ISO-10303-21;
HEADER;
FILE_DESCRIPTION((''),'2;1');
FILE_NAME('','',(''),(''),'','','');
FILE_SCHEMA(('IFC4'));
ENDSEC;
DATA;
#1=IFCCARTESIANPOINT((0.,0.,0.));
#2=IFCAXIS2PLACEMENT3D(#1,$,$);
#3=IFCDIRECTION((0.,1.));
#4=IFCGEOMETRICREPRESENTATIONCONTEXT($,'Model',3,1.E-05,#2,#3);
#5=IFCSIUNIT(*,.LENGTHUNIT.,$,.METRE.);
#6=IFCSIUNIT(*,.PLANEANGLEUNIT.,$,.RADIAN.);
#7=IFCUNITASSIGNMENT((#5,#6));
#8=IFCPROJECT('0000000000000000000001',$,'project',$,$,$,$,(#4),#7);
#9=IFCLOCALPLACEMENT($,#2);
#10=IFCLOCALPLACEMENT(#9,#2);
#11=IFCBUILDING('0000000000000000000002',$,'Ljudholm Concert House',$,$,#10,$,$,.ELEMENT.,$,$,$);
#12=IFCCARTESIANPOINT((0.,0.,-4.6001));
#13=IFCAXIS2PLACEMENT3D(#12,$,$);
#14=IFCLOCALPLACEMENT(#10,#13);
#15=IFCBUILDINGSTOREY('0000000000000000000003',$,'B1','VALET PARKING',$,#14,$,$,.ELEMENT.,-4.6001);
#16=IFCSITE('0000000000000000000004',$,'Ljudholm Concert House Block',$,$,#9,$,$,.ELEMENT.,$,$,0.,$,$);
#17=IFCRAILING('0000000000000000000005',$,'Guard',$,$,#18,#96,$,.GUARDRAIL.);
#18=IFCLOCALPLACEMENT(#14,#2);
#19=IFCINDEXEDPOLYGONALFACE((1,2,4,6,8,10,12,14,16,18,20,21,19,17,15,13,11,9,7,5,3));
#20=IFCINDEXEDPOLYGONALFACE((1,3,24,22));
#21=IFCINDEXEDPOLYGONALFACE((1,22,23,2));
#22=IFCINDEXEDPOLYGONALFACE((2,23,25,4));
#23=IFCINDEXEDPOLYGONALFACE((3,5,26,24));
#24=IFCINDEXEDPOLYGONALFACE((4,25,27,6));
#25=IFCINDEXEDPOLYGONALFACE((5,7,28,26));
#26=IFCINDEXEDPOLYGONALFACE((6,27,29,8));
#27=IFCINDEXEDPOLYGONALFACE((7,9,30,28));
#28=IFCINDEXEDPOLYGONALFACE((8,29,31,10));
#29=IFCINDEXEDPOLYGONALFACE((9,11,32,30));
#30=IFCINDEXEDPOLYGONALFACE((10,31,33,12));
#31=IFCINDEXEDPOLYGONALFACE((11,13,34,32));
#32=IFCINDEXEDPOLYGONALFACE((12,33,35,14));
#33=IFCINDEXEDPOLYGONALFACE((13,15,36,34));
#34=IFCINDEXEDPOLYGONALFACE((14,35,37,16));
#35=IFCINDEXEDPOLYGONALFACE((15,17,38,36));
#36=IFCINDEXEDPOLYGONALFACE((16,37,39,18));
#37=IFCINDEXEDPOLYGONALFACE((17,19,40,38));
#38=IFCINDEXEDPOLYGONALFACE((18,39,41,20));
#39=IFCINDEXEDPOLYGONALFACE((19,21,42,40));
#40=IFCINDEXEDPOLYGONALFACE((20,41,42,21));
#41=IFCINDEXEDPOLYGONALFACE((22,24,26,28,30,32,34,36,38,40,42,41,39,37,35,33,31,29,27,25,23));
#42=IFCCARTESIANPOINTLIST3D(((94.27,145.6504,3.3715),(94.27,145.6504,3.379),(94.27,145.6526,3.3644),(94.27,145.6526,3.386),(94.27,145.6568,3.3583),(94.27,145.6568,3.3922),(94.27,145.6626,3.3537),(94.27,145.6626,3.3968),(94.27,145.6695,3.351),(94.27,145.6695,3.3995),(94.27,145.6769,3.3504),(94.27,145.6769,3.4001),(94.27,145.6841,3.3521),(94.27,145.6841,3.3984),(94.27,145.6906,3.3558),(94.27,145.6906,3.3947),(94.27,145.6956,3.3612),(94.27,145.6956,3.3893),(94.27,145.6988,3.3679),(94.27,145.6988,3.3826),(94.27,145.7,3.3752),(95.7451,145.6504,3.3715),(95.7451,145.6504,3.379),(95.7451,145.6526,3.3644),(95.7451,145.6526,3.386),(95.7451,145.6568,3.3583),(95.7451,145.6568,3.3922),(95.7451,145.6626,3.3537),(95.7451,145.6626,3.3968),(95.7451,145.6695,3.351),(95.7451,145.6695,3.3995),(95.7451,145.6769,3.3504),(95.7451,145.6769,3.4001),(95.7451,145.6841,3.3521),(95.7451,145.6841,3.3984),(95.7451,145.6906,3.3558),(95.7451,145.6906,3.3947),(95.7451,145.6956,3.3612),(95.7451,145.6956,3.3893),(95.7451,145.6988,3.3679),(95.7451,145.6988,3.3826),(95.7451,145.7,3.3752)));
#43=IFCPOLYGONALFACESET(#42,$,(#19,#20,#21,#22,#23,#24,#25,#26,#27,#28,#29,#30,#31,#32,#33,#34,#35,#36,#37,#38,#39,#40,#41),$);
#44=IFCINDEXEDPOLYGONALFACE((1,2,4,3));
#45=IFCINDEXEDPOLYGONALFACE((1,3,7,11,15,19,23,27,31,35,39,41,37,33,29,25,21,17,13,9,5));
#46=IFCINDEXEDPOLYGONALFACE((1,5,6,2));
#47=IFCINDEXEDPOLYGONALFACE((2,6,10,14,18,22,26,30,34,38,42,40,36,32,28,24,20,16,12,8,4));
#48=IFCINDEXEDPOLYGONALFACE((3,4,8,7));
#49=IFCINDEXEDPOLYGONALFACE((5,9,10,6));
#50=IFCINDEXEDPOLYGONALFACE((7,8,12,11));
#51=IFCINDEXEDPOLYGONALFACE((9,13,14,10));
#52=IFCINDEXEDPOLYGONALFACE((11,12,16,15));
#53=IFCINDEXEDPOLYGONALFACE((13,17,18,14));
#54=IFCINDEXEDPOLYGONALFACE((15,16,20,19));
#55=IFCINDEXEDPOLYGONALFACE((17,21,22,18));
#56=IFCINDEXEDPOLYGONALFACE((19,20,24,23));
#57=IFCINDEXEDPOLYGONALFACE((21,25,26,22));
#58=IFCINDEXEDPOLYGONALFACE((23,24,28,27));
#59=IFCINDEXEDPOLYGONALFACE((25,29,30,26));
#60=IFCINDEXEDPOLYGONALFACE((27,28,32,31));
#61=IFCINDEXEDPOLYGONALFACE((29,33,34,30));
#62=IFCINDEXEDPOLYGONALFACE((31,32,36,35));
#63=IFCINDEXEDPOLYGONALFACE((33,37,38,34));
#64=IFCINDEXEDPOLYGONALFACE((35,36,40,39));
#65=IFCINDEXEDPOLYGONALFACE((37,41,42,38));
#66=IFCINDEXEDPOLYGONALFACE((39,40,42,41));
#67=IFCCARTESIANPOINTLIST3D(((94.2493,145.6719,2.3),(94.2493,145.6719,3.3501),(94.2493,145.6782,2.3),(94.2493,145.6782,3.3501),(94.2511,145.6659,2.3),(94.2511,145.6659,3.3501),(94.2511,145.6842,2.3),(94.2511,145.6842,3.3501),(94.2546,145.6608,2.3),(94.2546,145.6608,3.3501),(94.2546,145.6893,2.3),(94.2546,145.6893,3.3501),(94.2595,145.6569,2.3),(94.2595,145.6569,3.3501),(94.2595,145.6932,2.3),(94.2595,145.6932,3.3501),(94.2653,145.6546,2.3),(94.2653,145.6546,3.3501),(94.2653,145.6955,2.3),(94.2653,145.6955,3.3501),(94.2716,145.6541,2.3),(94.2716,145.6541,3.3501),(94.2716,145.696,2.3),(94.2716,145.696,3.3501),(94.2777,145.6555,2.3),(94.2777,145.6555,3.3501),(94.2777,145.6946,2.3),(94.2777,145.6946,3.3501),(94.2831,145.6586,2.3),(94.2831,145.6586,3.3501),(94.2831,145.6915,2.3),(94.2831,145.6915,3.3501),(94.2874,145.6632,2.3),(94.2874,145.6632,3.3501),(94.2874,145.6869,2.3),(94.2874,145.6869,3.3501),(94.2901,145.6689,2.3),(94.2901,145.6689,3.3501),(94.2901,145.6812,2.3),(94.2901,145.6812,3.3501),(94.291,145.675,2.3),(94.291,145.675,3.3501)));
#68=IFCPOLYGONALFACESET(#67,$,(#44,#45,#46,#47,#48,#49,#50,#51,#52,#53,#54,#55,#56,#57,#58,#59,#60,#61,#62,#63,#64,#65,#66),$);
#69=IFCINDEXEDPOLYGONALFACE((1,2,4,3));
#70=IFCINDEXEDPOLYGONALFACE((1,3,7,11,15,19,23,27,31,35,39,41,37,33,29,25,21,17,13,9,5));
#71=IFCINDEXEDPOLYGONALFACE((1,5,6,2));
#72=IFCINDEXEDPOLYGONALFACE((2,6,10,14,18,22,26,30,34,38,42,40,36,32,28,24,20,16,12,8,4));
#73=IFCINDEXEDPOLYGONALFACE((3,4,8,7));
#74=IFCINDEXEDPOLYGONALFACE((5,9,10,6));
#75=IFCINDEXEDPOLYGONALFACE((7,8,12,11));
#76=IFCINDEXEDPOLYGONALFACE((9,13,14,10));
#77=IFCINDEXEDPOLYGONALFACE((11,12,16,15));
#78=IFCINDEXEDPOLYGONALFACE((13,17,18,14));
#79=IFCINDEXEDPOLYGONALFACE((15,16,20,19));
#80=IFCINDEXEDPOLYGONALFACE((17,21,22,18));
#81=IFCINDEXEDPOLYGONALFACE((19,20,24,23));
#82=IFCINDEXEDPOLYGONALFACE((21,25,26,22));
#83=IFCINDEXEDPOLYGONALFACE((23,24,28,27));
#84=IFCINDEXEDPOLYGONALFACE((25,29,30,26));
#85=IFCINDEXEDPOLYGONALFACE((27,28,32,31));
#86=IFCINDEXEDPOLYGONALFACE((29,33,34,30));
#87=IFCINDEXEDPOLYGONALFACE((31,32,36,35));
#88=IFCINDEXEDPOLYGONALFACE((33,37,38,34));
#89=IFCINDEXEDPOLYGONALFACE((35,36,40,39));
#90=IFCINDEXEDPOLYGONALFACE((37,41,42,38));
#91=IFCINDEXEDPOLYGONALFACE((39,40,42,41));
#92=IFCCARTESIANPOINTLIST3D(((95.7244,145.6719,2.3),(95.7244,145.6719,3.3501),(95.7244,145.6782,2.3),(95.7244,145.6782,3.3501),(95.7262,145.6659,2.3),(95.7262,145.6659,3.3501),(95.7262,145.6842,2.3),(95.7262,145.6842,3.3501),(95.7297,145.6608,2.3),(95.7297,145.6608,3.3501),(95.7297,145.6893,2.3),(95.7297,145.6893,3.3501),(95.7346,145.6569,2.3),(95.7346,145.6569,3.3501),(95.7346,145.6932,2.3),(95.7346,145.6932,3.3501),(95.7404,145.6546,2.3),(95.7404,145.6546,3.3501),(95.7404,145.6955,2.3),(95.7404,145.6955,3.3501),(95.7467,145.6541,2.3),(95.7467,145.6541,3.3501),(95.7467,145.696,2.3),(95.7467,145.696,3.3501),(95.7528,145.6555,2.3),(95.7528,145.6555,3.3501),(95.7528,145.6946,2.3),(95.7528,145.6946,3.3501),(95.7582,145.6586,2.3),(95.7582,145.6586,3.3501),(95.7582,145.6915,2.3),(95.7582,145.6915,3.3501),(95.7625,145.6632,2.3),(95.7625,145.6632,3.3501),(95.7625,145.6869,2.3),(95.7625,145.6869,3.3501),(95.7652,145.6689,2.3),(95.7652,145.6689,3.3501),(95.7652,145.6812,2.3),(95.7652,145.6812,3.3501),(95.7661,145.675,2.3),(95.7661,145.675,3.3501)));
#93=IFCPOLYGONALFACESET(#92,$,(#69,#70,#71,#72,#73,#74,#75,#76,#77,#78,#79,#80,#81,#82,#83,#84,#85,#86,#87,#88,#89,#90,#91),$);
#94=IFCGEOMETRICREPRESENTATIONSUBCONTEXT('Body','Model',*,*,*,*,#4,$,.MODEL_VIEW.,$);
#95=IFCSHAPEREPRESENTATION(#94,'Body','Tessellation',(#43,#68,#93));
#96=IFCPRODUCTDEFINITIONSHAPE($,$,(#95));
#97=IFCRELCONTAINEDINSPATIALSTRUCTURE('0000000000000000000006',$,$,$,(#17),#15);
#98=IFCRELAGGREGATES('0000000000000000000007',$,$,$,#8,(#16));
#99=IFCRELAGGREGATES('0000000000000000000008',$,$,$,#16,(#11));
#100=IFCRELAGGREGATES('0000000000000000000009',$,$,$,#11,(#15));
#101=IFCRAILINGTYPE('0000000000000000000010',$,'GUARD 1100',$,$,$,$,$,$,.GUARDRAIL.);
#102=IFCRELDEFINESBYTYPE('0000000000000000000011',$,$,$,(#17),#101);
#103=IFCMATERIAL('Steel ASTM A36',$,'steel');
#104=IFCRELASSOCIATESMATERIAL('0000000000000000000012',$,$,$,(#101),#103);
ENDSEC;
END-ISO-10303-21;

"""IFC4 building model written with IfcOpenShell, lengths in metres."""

from ifc_helpers import new_model, si_unit, direction, frame, origin, origin_2d, place, context, subcontext, project, spatial, circle, extrude, material, type_object, element, save


model = new_model("IFC4")

# Units and contexts
model_context = context("Model", 3, precision=1e-05, world=origin(), true_north=direction((0.0, 1.0)))
body_context = subcontext(model_context, "Body", "Model", "MODEL_VIEW")
ifc_project = project(units=[si_unit("LENGTHUNIT", "METRE"), si_unit("PLANEANGLEUNIT", "RADIAN")], contexts=[model_context])

# Site, building, storey
site_placement = place(None, origin())
site = spatial("IfcSite", under=ifc_project, at=site_placement, Name="Ljudholm Concert House Block", CompositionType="ELEMENT", RefElevation=0.0)
building_placement = place(site_placement, origin())
building = spatial("IfcBuilding", under=site, at=building_placement, Name="Ljudholm Concert House", CompositionType="ELEMENT")
storey_placement = place(building_placement, frame((0.0, 0.0, -4.6001)))
storey = spatial("IfcBuildingStorey", under=building, at=storey_placement, Name="B1", Description="VALET PARKING", CompositionType="ELEMENT", Elevation=-4.6001)

# Railing
ifc_material_1 = material(Name="Steel ASTM A36", Category="steel")
railing_type_1 = type_object("IfcRailingType", Name="GUARD 1100", PredefinedType="GUARDRAIL", material=ifc_material_1)
for number, where, name in (
    (1, (94.27, 145.675, 2.3), "Guard"),
):
    element("IfcRailing", number, at=place(storey_placement, frame(where)), inside=storey, type_object=railing_type_1, Name=name, PredefinedType="GUARDRAIL", context=body_context, shape_type="SweptSolid", body=[
        extrude(circle(Radius=0.0249, at=origin_2d()), frame((0.0, 0.0, 1.0752), z_axis=(1.0, 0.0, 0.0), x_axis=(0.0, 1.0, 0.0)), (0.0, 0.0, 1.0), 1.4751),
        extrude(circle(Radius=0.021, at=origin_2d()), origin(), (0.0, 0.0, 1.0), 1.05),
        extrude(circle(Radius=0.021, at=origin_2d()), frame((1.4751, 0.0, 0.0)), (0.0, 0.0, 1.0), 1.05),
    ])

save(model, "model.ifc")
